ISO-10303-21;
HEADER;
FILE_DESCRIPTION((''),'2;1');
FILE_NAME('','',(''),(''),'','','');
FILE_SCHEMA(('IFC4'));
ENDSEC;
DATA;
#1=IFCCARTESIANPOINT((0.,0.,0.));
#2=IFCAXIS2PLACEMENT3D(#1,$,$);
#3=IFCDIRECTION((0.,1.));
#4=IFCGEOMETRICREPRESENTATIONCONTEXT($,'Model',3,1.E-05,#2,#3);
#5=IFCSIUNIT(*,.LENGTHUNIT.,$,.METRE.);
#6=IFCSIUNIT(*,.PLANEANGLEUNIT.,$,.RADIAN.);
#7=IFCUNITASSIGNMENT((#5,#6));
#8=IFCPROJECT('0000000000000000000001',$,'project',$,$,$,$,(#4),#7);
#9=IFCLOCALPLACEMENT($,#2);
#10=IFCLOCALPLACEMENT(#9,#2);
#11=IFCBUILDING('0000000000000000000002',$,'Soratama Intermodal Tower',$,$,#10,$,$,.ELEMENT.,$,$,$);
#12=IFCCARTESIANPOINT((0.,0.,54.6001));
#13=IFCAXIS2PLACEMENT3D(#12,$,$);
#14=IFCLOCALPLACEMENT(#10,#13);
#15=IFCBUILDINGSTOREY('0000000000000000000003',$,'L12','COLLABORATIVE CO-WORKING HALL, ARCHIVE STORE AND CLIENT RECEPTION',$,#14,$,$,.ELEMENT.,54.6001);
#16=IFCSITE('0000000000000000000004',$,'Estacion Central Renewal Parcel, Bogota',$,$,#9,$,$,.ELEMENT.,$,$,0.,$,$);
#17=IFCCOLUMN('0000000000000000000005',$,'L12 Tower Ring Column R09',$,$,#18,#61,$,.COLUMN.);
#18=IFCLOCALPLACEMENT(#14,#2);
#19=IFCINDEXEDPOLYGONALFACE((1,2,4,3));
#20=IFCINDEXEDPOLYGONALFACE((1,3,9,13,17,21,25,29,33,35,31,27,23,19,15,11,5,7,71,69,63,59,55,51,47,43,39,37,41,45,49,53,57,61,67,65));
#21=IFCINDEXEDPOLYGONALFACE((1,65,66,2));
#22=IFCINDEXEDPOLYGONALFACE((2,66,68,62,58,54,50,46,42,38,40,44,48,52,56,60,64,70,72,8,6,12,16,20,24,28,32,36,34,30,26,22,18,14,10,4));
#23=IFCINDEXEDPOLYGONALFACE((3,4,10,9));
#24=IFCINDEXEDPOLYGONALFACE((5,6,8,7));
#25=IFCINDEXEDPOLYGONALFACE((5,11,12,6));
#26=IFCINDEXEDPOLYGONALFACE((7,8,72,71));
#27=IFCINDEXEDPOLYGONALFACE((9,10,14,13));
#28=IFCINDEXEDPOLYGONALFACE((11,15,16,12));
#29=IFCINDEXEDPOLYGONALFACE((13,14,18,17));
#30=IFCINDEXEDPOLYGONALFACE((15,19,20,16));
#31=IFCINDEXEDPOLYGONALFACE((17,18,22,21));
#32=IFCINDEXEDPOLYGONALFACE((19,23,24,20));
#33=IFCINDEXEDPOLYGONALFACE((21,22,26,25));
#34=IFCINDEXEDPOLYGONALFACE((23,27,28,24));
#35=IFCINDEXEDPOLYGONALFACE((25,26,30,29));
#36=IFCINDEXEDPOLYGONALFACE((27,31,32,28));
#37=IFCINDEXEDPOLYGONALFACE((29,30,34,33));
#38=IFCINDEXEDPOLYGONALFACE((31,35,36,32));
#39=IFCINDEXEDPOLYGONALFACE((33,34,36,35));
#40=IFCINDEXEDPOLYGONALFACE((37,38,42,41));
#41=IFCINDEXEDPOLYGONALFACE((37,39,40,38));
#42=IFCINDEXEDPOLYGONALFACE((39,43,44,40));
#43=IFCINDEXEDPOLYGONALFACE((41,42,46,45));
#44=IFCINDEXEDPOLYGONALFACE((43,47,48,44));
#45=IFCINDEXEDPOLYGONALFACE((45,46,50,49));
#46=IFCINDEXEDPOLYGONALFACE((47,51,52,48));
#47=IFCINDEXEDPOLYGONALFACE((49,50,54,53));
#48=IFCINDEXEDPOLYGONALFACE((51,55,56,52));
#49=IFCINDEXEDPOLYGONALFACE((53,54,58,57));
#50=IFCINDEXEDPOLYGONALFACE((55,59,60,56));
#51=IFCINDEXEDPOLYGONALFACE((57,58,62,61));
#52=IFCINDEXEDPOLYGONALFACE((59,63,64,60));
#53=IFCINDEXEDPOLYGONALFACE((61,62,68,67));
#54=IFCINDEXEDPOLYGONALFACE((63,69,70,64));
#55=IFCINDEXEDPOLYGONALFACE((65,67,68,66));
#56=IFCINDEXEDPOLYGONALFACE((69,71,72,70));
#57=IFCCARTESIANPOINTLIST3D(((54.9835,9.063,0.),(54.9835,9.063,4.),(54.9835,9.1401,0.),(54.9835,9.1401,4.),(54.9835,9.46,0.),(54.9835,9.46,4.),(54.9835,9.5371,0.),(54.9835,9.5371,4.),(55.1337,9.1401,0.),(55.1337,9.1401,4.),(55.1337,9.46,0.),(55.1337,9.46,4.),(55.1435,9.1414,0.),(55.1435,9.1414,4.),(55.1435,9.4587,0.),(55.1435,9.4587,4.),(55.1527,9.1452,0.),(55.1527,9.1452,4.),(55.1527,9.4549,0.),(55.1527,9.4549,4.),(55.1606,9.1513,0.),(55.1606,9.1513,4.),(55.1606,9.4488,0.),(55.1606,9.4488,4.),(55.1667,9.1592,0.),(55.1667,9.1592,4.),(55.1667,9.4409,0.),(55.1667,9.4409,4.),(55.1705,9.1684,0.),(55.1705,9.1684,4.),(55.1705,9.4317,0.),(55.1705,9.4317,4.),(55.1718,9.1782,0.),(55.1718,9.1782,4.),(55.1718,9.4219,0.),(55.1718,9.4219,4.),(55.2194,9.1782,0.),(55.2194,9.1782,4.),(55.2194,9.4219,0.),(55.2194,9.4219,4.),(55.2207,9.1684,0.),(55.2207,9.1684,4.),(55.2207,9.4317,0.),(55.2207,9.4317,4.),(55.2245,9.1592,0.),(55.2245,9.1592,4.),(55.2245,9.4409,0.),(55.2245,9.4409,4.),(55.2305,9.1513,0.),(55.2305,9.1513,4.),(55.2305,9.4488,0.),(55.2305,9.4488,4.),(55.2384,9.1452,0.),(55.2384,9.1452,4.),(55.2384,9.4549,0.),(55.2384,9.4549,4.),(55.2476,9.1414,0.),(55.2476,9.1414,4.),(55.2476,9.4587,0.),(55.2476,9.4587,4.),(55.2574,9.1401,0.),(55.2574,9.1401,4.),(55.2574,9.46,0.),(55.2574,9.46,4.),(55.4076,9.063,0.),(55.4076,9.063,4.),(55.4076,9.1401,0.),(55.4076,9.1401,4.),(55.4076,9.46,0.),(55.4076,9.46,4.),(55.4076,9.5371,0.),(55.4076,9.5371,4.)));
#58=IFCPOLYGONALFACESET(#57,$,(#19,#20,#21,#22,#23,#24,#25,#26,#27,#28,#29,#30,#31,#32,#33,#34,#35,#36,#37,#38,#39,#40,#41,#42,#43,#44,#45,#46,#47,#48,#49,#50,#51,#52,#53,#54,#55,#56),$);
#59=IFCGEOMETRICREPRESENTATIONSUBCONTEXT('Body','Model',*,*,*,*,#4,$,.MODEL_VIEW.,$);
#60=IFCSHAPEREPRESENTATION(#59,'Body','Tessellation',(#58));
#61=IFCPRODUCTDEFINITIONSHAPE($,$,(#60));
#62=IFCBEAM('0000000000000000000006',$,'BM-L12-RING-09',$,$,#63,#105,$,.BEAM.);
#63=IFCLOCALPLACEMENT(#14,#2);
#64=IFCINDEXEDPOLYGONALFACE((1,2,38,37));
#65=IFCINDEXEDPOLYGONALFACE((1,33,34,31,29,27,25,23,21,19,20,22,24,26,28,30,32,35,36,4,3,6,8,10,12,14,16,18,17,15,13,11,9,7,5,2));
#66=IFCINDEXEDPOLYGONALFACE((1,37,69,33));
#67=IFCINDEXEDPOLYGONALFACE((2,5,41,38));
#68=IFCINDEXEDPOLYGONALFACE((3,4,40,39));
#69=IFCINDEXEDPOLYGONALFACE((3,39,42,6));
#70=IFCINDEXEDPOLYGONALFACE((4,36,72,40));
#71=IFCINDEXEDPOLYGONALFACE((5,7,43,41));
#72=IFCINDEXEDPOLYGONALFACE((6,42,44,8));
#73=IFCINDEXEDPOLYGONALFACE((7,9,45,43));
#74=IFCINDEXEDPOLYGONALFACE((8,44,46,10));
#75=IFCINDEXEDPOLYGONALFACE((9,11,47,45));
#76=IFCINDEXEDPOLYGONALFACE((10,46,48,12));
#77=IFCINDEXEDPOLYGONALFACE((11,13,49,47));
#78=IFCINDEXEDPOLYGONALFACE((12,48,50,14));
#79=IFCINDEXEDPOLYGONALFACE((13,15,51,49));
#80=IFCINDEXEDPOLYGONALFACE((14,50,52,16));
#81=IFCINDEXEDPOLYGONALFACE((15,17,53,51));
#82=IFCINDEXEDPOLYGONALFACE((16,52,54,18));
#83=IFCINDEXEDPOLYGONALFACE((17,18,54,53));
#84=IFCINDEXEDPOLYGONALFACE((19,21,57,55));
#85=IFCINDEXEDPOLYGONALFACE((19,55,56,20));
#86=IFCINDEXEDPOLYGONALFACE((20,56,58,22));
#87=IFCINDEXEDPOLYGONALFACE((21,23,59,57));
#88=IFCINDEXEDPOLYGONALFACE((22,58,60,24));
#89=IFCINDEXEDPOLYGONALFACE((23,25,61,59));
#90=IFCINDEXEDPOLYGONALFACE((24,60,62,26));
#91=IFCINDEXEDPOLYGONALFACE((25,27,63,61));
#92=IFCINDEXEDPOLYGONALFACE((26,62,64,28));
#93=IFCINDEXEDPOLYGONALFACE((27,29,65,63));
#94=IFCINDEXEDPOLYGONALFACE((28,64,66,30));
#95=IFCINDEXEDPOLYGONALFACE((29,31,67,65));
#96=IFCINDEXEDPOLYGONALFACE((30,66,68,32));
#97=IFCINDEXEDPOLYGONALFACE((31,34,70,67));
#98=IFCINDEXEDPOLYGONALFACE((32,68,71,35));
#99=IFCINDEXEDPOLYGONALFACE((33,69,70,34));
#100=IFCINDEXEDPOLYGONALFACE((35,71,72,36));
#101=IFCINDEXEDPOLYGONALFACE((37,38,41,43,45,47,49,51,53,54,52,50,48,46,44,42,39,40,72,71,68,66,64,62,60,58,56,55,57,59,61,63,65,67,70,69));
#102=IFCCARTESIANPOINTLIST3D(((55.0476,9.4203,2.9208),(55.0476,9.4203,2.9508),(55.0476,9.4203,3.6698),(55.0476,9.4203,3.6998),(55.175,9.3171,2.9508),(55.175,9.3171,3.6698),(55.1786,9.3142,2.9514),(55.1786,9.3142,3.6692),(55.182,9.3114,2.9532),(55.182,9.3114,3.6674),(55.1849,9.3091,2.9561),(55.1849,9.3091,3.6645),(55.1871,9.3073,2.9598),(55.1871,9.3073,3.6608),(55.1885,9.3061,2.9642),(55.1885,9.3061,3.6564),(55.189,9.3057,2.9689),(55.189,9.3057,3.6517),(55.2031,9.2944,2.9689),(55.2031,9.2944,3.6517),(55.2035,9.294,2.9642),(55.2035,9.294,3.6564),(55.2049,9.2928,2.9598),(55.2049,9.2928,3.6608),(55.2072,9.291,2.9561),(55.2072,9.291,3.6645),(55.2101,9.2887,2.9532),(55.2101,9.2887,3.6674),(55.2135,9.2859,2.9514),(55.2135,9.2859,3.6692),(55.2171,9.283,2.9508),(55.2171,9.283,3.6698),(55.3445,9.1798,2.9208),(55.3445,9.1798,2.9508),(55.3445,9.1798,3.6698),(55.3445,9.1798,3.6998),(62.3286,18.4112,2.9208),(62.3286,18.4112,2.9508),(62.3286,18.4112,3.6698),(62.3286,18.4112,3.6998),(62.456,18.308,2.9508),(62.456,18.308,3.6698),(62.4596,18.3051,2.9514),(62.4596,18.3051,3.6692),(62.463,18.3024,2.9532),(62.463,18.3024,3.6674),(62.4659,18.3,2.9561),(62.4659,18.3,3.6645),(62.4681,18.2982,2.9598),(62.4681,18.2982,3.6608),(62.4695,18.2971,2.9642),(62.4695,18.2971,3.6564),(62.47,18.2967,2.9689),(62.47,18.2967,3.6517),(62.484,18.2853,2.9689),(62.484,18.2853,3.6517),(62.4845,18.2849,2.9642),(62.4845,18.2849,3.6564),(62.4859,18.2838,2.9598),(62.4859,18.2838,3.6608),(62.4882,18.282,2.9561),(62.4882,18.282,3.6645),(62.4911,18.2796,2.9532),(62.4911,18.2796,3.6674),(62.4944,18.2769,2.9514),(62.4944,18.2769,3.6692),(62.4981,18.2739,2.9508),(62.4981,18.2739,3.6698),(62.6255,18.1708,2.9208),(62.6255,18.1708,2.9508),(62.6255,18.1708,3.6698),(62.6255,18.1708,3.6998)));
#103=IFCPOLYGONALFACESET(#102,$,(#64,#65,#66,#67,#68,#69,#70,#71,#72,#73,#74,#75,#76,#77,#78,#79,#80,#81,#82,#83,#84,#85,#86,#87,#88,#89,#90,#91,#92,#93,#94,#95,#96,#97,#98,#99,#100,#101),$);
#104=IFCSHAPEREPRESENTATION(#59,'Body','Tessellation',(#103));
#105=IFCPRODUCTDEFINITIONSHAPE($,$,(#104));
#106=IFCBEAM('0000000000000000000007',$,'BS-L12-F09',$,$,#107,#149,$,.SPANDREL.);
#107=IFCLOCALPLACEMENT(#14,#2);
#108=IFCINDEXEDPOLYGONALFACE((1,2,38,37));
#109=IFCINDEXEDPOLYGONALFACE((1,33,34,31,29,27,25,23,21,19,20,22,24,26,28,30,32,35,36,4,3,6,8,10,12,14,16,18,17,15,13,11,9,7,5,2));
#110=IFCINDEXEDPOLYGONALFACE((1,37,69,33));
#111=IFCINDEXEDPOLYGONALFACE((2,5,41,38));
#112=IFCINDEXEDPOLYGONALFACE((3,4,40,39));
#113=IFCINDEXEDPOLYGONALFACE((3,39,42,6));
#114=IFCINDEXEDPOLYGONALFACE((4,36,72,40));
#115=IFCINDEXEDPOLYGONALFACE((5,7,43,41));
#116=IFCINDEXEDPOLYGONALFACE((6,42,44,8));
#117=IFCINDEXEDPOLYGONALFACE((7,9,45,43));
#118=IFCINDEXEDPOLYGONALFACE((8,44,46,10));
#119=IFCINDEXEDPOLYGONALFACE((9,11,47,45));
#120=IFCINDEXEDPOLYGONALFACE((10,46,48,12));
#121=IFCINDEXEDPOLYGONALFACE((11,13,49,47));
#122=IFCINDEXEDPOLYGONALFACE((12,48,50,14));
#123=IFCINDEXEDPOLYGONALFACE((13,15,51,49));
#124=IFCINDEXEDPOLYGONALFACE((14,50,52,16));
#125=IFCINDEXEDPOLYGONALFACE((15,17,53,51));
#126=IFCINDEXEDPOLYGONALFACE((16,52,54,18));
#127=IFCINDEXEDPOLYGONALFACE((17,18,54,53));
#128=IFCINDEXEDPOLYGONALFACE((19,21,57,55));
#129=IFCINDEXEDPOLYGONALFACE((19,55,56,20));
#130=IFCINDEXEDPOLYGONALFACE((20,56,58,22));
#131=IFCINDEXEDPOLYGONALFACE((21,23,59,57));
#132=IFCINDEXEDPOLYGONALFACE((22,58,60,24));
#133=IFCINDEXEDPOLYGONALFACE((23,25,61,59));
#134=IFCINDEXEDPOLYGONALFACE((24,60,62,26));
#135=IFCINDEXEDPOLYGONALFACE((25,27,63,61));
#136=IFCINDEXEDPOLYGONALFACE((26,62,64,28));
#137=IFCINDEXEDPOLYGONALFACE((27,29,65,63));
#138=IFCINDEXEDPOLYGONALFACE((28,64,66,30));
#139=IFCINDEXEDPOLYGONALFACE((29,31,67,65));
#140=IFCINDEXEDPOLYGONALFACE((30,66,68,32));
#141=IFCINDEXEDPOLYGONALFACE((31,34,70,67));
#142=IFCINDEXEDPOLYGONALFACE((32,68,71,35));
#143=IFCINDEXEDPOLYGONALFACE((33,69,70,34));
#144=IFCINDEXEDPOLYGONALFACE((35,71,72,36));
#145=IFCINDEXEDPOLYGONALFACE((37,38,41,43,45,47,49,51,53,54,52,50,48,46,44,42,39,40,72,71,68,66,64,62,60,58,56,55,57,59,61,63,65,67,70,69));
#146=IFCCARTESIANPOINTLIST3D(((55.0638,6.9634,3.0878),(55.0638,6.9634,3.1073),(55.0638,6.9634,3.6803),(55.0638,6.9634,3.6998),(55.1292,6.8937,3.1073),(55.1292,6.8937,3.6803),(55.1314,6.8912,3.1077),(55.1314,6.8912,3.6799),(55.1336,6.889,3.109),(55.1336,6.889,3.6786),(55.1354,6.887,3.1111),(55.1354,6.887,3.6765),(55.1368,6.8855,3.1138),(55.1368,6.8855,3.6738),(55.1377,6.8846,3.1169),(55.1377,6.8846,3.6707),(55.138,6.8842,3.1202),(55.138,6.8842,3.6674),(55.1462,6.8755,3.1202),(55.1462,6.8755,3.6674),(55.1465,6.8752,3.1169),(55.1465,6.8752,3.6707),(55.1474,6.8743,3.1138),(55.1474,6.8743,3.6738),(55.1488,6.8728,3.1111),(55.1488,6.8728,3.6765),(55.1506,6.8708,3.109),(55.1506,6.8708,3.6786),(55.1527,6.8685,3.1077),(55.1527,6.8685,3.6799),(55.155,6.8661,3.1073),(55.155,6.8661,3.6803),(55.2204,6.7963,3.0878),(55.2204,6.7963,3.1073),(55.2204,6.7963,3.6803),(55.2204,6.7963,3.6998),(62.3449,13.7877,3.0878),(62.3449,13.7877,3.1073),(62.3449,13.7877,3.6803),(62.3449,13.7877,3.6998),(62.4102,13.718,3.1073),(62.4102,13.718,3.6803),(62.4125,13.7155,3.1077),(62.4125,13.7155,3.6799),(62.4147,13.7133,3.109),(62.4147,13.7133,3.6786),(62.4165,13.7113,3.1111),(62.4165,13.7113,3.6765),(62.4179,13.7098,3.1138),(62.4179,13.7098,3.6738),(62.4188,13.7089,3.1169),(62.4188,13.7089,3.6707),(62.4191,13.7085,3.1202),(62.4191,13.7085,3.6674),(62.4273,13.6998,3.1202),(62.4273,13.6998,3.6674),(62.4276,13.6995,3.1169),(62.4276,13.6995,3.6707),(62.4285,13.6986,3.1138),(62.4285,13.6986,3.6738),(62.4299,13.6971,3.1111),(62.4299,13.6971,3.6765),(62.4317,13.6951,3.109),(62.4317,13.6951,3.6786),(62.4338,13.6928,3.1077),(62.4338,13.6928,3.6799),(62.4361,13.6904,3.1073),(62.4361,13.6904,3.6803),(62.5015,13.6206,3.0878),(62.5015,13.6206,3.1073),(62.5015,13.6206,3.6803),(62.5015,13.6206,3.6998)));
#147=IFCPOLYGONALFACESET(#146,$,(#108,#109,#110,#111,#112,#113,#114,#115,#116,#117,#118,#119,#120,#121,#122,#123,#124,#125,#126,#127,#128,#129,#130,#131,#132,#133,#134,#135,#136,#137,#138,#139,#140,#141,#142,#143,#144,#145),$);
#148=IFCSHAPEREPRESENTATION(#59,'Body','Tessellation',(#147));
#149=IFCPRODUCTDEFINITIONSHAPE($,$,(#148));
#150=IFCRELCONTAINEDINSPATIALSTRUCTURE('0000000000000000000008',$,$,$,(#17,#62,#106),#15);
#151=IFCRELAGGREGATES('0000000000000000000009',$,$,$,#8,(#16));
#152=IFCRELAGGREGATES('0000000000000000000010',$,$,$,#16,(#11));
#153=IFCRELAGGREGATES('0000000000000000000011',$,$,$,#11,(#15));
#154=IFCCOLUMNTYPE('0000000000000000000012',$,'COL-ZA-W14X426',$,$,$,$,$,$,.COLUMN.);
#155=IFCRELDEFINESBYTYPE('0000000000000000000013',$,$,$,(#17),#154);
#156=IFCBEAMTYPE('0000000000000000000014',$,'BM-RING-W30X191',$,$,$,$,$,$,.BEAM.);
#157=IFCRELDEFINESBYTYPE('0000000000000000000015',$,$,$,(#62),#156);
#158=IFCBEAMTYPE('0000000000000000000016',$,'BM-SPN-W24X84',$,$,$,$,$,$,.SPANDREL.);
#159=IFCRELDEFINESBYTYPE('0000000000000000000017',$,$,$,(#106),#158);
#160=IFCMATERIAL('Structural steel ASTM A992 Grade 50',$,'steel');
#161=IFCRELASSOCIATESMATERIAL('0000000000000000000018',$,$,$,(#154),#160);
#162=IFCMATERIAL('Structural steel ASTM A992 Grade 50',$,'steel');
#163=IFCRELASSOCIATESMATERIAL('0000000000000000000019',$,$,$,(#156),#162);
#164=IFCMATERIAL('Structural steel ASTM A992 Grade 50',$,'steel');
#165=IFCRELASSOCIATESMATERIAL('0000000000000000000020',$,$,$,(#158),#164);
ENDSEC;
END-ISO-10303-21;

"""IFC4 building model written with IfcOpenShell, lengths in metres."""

from ifc_helpers import new_model, si_unit, direction, frame, origin, origin_2d, place, context, subcontext, project, spatial, i_section, extrude, material, material_profile, profile_set, type_object, element, save


model = new_model("IFC4")

# Units and contexts
model_context = context("Model", 3, precision=1e-05, world=origin(), true_north=direction((0.0, 1.0)))
body_context = subcontext(model_context, "Body", "Model", "MODEL_VIEW")
ifc_project = project(units=[si_unit("LENGTHUNIT", "METRE"), si_unit("PLANEANGLEUNIT", "RADIAN")], contexts=[model_context])

# Site, building, storey
site_placement = place(None, origin())
site = spatial("IfcSite", under=ifc_project, at=site_placement, Name="Estacion Central Renewal Parcel, Bogota", CompositionType="ELEMENT", RefElevation=0.0)
building_placement = place(site_placement, origin())
building = spatial("IfcBuilding", under=site, at=building_placement, Name="Soratama Intermodal Tower", CompositionType="ELEMENT")
storey_placement = place(building_placement, frame((0.0, 0.0, 54.6001)))
storey = spatial("IfcBuildingStorey", under=building, at=storey_placement, Name="L12", Description="COLLABORATIVE CO-WORKING HALL, ARCHIVE STORE AND CLIENT RECEPTION", CompositionType="ELEMENT", Elevation=54.6001)

# Column
ifc_material_1 = material(Name="Structural steel ASTM A992 Grade 50", Category="steel")
ifc_material_profile_1 = material_profile(ifc_material_1, i_section(OverallWidth=0.4241, OverallDepth=0.4741, WebThickness=0.0476, FlangeThickness=0.0771, FilletRadius=0.0381, at=origin_2d()), Name="W14X426")
ifc_profile_set_1 = profile_set([ifc_material_profile_1], Name="Structural steel ASTM A992 Grade 50")
column_type = type_object("IfcColumnType", Name="COL-ZA-W14X426", PredefinedType="COLUMN", material=ifc_profile_set_1)
column_placement = place(storey_placement, frame((55.1956, 9.3, 0.0), z_axis=(0.0, 0.0, 1.0), x_axis=(1.0, 0.0, 0.0)))
element("IfcColumn", 1, at=column_placement, inside=storey, type_object=column_type, Name="L12 Tower Ring Column R09", PredefinedType="COLUMN", context=body_context, shape_type="SweptSolid", body=[
    extrude(i_section(OverallWidth=0.4241, OverallDepth=0.4741, WebThickness=0.0476, FlangeThickness=0.0771, FilletRadius=0.0381, at=origin_2d()), origin(), (0.0, 0.0, 1.0), 4.0),
])

# Beams
ifc_material_2 = material(Name="Structural steel ASTM A992 Grade 50", Category="steel")
ifc_material_profile_2 = material_profile(ifc_material_2, i_section(OverallWidth=0.3821, OverallDepth=0.7791, WebThickness=0.0181, FlangeThickness=0.03, FilletRadius=0.0181, at=origin_2d()), Name="W30X191")
ifc_profile_set_2 = profile_set([ifc_material_profile_2], Name="Structural steel ASTM A992 Grade 50")
beam_type_1 = type_object("IfcBeamType", Name="BM-RING-W30X191", PredefinedType="BEAM", material=ifc_profile_set_2)
beam_1_placement = place(storey_placement, frame((55.196, 9.3, 3.3103), z_axis=(0.629334, 0.777135, 0.0), x_axis=(-0.777135, 0.629334, 0.0)))
element("IfcBeam", 2, at=beam_1_placement, inside=storey, type_object=beam_type_1, Name="BM-L12-RING-09", PredefinedType="BEAM", context=body_context, shape_type="SweptSolid", body=[
    extrude(i_section(OverallWidth=0.3821, OverallDepth=0.7791, WebThickness=0.0181, FlangeThickness=0.03, FilletRadius=0.0181, at=origin_2d()), origin(), (0.0, 0.0, 1.0), 11.5693),
])
ifc_material_3 = material(Name="Structural steel ASTM A992 Grade 50", Category="steel")
ifc_material_profile_3 = material_profile(ifc_material_3, i_section(OverallWidth=0.229, OverallDepth=0.6121, WebThickness=0.012, FlangeThickness=0.0195, FilletRadius=0.0129, at=origin_2d()), Name="W24X84")
ifc_profile_set_3 = profile_set([ifc_material_profile_3], Name="Structural steel ASTM A992 Grade 50")
beam_type_2 = type_object("IfcBeamType", Name="BM-SPN-W24X84", PredefinedType="SPANDREL", material=ifc_profile_set_3)
beam_2_placement = place(storey_placement, frame((55.1421, 6.8799, 3.3938), z_axis=(0.729623, 0.683849, 0.0), x_axis=(-0.683849, 0.729623, 0.0)))
element("IfcBeam", 3, at=beam_2_placement, inside=storey, type_object=beam_type_2, Name="BS-L12-F09", PredefinedType="SPANDREL", context=body_context, shape_type="SweptSolid", body=[
    extrude(i_section(OverallWidth=0.229, OverallDepth=0.6121, WebThickness=0.012, FlangeThickness=0.0195, FilletRadius=0.0129, at=origin_2d()), origin(), (0.0, 0.0, 1.0), 9.9792),
])

save(model, "model.ifc")
